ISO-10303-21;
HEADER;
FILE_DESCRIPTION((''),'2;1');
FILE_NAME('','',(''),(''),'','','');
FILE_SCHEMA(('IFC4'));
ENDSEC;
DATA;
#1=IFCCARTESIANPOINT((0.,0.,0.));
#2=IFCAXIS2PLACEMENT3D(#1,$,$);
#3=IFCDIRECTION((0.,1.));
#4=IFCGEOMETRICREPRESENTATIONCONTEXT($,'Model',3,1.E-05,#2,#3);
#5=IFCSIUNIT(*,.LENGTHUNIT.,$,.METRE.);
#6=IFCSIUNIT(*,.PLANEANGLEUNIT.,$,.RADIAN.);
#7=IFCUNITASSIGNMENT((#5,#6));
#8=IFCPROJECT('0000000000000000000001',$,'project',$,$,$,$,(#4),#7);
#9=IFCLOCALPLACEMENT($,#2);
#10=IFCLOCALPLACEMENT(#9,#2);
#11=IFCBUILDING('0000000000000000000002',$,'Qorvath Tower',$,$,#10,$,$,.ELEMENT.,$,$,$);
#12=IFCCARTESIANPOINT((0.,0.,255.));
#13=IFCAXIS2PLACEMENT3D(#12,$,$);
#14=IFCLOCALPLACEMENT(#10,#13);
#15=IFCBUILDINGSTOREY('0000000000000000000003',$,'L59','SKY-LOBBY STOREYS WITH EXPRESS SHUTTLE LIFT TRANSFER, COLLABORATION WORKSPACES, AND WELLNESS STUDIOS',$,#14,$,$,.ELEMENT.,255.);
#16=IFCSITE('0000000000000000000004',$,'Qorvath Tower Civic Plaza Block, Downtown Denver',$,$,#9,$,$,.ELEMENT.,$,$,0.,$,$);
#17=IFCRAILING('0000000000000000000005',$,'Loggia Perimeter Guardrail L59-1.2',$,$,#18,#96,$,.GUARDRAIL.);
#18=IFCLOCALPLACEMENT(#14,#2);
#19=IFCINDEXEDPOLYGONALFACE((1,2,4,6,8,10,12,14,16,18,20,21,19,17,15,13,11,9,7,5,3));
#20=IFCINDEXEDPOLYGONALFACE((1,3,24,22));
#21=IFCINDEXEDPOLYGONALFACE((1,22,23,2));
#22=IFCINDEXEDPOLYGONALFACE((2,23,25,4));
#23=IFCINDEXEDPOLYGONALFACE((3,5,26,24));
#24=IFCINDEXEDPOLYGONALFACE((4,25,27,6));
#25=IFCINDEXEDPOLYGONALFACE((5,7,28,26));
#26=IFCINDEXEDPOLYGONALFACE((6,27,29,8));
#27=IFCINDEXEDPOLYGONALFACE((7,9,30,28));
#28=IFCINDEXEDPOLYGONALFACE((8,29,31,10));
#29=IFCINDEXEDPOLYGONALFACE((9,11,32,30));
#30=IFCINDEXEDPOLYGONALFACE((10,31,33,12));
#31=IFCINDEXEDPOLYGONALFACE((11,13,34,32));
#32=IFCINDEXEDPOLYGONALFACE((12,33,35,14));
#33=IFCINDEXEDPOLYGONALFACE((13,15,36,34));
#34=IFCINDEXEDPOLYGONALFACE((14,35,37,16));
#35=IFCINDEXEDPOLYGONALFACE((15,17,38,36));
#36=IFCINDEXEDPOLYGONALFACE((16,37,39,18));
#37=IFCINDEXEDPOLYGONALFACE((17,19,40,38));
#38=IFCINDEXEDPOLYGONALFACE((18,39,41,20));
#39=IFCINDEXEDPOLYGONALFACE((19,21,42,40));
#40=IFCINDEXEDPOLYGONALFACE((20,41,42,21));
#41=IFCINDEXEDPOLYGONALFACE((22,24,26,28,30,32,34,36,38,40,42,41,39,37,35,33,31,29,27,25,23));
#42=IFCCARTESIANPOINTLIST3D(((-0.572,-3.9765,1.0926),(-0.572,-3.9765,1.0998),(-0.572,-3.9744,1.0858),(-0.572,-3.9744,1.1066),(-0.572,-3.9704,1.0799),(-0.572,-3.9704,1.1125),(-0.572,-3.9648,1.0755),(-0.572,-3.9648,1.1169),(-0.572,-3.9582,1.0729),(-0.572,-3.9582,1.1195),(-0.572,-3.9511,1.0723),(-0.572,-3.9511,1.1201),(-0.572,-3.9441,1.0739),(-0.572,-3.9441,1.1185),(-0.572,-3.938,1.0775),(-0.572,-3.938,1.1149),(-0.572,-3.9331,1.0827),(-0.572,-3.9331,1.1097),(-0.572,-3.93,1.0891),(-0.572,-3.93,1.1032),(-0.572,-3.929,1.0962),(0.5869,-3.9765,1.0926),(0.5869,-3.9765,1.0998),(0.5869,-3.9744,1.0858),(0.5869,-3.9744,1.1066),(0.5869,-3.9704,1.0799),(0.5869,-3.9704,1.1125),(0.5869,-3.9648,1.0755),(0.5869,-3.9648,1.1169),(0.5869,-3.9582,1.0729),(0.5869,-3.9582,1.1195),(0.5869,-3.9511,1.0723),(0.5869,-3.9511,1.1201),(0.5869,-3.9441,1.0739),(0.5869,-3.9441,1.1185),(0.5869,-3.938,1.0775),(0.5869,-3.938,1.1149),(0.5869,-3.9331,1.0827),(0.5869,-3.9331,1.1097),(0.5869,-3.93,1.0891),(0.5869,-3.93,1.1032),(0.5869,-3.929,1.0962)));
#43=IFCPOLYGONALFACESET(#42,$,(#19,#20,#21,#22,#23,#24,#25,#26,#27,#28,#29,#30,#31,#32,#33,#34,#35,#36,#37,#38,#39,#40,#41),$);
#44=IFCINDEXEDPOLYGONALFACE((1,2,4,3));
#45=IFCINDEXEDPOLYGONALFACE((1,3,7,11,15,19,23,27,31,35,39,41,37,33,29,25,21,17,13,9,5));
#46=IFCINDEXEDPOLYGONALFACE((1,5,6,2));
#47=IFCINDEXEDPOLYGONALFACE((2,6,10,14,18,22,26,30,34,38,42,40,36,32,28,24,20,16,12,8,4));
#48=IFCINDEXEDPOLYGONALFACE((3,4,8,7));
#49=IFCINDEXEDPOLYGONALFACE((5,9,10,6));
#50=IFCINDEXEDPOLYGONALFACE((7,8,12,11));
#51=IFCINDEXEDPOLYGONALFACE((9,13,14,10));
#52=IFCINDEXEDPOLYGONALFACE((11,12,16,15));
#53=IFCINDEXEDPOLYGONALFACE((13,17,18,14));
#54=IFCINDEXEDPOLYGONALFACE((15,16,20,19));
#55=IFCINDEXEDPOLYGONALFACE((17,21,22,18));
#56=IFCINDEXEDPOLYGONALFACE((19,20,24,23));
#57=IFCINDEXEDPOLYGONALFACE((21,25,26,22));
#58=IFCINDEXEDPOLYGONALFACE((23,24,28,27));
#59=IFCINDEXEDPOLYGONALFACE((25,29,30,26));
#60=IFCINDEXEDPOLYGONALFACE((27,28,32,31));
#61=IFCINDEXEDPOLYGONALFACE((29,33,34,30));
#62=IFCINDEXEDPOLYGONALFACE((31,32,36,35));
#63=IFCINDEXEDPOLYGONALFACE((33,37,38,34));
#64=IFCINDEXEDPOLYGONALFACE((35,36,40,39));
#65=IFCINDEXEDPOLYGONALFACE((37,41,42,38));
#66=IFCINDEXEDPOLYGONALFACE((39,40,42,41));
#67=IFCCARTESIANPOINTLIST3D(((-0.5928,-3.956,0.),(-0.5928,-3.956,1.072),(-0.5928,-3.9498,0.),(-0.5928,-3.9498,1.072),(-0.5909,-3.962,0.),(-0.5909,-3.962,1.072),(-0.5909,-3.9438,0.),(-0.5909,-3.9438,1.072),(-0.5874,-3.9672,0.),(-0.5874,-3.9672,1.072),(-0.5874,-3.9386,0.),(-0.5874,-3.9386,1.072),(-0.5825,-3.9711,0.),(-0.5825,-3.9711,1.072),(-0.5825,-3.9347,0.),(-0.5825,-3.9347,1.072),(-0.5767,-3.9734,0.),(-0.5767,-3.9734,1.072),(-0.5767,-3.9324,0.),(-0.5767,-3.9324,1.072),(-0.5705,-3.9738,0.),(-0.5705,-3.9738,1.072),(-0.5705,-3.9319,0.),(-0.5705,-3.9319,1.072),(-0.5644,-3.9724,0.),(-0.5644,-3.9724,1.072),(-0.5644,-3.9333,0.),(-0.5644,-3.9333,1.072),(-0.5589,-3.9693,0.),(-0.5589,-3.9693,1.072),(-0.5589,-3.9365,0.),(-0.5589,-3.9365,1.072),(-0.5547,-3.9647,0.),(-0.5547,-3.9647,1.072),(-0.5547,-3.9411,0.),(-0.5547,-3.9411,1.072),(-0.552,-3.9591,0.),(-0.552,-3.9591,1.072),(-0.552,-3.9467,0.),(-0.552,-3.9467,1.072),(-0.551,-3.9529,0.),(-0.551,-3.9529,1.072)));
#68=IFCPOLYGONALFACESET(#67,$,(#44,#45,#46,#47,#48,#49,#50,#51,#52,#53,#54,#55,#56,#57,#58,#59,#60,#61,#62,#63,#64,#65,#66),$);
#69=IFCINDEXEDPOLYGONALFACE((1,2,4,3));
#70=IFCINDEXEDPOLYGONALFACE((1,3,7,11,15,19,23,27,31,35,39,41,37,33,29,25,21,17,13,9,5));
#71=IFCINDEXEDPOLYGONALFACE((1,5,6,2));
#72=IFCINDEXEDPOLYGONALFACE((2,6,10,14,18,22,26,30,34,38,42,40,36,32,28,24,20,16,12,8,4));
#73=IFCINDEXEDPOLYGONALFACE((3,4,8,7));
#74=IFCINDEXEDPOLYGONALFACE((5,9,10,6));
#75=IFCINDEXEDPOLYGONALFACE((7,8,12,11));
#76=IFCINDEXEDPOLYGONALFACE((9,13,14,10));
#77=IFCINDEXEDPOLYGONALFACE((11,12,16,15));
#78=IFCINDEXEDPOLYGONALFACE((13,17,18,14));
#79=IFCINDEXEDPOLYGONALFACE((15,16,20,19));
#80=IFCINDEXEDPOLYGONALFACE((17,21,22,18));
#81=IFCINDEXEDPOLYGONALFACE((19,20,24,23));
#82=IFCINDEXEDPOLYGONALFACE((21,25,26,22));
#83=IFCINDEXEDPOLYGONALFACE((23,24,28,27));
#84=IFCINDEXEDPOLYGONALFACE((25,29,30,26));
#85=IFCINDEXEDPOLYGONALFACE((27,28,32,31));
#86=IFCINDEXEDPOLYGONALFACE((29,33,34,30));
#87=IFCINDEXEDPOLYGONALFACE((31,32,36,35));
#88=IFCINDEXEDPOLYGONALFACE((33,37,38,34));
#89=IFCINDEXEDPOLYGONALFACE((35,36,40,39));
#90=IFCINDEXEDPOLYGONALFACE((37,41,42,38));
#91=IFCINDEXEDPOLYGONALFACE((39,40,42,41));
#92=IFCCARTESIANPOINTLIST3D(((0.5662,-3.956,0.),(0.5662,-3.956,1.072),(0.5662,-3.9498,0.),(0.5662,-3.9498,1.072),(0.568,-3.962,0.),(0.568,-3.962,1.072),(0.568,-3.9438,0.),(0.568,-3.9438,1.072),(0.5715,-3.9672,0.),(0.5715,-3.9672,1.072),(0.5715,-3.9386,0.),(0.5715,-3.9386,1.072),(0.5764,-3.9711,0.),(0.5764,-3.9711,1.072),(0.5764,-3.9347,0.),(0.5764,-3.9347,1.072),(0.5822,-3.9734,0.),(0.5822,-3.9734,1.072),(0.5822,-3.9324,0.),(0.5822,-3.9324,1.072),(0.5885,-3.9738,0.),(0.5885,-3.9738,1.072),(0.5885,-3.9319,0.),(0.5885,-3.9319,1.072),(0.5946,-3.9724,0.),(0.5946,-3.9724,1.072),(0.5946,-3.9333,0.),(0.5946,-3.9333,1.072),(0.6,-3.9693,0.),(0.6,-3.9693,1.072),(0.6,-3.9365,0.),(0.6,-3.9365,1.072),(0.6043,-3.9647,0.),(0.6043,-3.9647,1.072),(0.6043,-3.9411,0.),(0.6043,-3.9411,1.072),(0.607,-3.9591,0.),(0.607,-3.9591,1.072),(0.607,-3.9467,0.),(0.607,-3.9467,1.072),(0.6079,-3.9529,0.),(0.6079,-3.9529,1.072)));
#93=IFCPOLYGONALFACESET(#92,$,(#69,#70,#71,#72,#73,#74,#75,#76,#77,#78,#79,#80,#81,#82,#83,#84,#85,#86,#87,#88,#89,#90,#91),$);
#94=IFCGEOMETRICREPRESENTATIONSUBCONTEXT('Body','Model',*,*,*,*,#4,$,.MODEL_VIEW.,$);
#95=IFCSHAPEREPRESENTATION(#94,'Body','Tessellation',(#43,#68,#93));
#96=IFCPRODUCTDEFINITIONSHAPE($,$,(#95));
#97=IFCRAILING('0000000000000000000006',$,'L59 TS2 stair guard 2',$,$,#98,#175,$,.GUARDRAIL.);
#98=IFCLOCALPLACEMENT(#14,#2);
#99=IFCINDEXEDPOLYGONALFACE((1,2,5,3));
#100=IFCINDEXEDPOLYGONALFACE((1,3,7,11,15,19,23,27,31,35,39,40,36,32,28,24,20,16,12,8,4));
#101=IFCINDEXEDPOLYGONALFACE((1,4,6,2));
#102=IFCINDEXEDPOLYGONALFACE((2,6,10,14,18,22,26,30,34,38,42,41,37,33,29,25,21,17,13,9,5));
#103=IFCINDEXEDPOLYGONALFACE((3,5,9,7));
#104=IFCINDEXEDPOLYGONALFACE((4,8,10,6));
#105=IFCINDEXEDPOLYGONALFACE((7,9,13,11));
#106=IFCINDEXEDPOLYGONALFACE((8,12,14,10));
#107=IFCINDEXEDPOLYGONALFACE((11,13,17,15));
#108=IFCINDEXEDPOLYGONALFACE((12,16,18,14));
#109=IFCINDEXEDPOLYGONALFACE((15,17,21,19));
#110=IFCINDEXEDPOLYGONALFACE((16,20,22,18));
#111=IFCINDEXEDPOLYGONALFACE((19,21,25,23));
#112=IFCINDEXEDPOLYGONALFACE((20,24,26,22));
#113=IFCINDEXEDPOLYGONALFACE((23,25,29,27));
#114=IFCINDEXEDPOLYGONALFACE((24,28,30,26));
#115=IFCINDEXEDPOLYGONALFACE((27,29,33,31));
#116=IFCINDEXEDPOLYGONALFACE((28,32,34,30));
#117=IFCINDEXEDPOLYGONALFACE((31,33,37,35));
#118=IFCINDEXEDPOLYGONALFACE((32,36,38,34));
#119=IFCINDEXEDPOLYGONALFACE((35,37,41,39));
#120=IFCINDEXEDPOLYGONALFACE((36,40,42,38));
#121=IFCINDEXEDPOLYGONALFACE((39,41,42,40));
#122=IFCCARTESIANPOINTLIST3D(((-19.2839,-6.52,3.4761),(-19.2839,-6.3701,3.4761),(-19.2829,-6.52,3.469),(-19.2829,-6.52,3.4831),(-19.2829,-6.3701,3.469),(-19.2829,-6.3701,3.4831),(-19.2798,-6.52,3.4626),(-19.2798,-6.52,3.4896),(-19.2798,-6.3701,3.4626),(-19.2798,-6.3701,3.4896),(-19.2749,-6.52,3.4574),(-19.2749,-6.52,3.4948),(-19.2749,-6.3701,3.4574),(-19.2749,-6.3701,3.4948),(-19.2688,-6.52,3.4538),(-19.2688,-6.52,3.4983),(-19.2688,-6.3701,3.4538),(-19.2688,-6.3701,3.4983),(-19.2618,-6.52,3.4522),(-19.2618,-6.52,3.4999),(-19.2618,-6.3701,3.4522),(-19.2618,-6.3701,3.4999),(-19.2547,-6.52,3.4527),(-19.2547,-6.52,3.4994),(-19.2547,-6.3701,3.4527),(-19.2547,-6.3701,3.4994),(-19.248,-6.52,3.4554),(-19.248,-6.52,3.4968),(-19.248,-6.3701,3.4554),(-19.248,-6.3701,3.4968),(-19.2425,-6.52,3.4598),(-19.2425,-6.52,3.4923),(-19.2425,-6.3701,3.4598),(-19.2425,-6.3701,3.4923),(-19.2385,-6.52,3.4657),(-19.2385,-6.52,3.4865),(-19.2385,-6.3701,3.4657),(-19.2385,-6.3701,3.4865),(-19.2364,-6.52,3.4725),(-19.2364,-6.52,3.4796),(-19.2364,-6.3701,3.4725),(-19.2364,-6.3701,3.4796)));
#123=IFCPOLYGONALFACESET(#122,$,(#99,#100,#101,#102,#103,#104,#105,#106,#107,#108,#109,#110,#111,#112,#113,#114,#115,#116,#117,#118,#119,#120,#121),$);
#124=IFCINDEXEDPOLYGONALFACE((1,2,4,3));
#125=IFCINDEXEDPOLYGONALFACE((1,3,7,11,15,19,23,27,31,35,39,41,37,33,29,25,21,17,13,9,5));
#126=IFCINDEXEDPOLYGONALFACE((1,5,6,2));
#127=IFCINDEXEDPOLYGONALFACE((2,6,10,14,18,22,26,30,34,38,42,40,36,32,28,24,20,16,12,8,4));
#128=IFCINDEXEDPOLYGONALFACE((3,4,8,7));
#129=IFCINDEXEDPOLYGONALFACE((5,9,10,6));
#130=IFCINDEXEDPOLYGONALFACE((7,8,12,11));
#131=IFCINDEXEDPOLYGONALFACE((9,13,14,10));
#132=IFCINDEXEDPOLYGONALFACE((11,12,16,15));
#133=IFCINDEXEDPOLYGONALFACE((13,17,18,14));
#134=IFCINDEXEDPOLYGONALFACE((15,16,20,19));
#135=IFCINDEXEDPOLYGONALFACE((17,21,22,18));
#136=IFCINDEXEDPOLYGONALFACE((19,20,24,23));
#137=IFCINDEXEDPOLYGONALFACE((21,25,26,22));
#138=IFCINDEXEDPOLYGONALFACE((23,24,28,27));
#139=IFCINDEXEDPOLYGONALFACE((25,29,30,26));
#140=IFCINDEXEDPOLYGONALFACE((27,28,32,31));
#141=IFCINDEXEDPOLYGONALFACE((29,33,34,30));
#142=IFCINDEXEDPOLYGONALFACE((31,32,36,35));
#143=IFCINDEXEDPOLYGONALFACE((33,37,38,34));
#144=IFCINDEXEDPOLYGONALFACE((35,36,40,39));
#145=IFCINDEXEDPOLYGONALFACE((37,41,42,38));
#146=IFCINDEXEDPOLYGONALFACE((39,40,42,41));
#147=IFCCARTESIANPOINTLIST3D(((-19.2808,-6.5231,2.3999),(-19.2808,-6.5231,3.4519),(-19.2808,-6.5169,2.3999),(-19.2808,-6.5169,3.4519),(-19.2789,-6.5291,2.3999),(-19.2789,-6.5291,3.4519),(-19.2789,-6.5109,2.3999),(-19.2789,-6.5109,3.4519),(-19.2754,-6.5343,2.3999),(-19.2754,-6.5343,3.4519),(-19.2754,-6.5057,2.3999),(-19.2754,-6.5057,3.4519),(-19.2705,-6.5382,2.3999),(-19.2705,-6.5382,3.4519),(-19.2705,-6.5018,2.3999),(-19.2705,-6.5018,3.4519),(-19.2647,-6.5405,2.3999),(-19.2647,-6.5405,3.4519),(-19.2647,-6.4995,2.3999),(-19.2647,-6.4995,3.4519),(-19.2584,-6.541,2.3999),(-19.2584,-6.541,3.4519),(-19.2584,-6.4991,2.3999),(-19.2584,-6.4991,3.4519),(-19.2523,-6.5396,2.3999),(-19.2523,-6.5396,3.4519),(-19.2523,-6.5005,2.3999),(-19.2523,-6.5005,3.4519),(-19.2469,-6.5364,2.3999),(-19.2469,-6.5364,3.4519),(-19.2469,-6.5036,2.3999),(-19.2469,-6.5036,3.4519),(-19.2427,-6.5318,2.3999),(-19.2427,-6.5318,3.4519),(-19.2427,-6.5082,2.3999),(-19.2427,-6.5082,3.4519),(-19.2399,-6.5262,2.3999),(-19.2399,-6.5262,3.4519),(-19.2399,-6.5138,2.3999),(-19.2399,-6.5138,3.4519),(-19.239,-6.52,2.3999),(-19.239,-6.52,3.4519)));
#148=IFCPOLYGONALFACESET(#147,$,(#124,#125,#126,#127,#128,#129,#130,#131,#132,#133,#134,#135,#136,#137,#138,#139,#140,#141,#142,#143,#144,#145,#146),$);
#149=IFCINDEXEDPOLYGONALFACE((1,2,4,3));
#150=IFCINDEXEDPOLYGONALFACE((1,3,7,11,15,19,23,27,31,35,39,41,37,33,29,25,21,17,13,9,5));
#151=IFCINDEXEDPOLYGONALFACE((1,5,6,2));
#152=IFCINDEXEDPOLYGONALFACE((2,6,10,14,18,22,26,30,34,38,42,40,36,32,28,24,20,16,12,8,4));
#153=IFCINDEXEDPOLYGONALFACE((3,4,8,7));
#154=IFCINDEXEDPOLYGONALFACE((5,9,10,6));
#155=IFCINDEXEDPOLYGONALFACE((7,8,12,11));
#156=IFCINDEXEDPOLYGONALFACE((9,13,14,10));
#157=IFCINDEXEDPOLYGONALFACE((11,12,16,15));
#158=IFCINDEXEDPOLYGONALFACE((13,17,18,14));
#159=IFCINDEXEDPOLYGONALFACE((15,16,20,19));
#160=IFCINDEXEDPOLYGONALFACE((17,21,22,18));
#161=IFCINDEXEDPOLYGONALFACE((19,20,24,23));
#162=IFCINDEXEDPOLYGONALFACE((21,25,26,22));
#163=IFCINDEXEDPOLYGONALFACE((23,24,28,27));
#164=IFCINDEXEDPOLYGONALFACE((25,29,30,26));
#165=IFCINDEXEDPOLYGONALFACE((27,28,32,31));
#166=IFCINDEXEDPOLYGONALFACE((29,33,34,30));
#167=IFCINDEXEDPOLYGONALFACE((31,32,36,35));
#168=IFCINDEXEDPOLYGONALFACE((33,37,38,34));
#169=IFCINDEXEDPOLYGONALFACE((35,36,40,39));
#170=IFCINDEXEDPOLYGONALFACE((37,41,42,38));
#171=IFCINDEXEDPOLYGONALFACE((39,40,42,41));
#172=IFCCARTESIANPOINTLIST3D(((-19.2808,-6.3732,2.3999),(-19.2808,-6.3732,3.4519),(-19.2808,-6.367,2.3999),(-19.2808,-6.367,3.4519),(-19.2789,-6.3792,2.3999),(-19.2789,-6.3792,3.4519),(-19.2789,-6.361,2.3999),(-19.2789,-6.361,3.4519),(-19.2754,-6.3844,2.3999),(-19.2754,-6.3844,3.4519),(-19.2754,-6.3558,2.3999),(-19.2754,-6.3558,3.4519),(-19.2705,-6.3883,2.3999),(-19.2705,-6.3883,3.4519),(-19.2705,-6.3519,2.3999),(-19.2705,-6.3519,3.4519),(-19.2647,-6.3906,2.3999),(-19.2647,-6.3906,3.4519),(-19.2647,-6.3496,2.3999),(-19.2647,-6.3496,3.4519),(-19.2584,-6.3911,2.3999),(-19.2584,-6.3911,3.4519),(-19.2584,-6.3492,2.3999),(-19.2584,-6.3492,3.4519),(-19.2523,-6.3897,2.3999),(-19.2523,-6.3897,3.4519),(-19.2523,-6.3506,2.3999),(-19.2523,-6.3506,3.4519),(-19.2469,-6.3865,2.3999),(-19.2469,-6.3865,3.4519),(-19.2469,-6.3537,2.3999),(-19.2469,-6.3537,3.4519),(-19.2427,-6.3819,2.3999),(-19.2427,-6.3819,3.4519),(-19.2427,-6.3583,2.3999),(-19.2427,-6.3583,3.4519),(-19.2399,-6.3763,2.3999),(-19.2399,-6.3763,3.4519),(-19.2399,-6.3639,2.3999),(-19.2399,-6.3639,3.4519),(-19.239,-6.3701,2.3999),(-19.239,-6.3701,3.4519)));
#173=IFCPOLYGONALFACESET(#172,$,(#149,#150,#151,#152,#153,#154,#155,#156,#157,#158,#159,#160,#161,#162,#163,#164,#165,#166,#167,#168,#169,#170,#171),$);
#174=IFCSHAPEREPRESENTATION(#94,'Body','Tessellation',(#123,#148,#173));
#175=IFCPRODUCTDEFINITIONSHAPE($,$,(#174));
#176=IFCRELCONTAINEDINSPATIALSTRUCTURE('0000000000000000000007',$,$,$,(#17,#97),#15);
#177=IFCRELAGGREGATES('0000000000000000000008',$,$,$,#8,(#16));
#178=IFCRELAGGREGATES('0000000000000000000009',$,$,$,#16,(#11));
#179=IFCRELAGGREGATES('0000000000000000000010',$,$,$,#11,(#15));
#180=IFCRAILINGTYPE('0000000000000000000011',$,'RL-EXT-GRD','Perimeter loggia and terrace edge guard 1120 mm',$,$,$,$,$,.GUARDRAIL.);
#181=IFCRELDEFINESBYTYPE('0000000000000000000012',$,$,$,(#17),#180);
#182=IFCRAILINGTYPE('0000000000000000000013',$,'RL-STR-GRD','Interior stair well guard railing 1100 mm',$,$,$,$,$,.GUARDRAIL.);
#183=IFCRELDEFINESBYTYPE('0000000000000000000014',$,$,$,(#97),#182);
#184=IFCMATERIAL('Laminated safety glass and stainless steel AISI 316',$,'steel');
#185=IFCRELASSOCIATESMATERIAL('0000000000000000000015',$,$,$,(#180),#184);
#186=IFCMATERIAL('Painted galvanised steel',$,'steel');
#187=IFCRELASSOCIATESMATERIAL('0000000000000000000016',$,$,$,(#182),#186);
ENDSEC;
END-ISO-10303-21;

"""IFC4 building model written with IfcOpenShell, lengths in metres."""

from ifc_helpers import new_model, si_unit, direction, frame, origin, origin_2d, place, context, subcontext, project, spatial, circle, extrude, material, type_object, element, save


model = new_model("IFC4")

# Units and contexts
model_context = context("Model", 3, precision=1e-05, world=origin(), true_north=direction((0.0, 1.0)))
body_context = subcontext(model_context, "Body", "Model", "MODEL_VIEW")
ifc_project = project(units=[si_unit("LENGTHUNIT", "METRE"), si_unit("PLANEANGLEUNIT", "RADIAN")], contexts=[model_context])

# Site, building, storey
site_placement = place(None, origin())
site = spatial("IfcSite", under=ifc_project, at=site_placement, Name="Qorvath Tower Civic Plaza Block, Downtown Denver", CompositionType="ELEMENT", RefElevation=0.0)
building_placement = place(site_placement, origin())
building = spatial("IfcBuilding", under=site, at=building_placement, Name="Qorvath Tower", CompositionType="ELEMENT")
storey_placement = place(building_placement, frame((0.0, 0.0, 255.0)))
storey = spatial("IfcBuildingStorey", under=building, at=storey_placement, Name="L59", Description="SKY-LOBBY STOREYS WITH EXPRESS SHUTTLE LIFT TRANSFER, COLLABORATION WORKSPACES, AND WELLNESS STUDIOS", CompositionType="ELEMENT", Elevation=255.0)

# Railings
ifc_material_1 = material(Name="Laminated safety glass and stainless steel AISI 316", Category="steel")
railing_type_1 = type_object("IfcRailingType", Name="RL-EXT-GRD", Description="Perimeter loggia and terrace edge guard 1120 mm", PredefinedType="GUARDRAIL", material=ifc_material_1)
railing_1_placement = place(storey_placement, frame((-0.572, -3.9529, 0.0)))
element("IfcRailing", 1, at=railing_1_placement, inside=storey, type_object=railing_type_1, Name="Loggia Perimeter Guardrail L59-1.2", PredefinedType="GUARDRAIL", context=body_context, shape_type="SweptSolid", body=[
    extrude(circle(Radius=0.0239, at=origin_2d()), frame((0.0, 0.0, 1.0962), z_axis=(1.0, 0.0, 0.0), x_axis=(0.0, 1.0, 0.0)), (0.0, 0.0, 1.0), 1.1589),
    extrude(circle(Radius=0.021, at=origin_2d()), origin(), (0.0, 0.0, 1.0), 1.072),
    extrude(circle(Radius=0.021, at=origin_2d()), frame((1.1589, 0.0, 0.0)), (0.0, 0.0, 1.0), 1.072),
])
ifc_material_2 = material(Name="Painted galvanised steel", Category="steel")
railing_type_2 = type_object("IfcRailingType", Name="RL-STR-GRD", Description="Interior stair well guard railing 1100 mm", PredefinedType="GUARDRAIL", material=ifc_material_2)
railing_2_placement = place(storey_placement, frame((-19.26, -6.52, 2.3999)))
element("IfcRailing", 2, at=railing_2_placement, inside=storey, type_object=railing_type_2, Name="L59 TS2 stair guard 2", PredefinedType="GUARDRAIL", context=body_context, shape_type="SweptSolid", body=[
    extrude(circle(Radius=0.0239, at=origin_2d()), frame((0.0, 0.0, 1.0762), z_axis=(0.0, 1.0, 0.0), x_axis=(-1.0, 0.0, 0.0)), (0.0, 0.0, 1.0), 0.1499),
    extrude(circle(Radius=0.021, at=origin_2d()), origin(), (0.0, 0.0, 1.0), 1.052),
    extrude(circle(Radius=0.021, at=origin_2d()), frame((0.0, 0.1499, 0.0)), (0.0, 0.0, 1.0), 1.052),
])

save(model, "model.ifc")
